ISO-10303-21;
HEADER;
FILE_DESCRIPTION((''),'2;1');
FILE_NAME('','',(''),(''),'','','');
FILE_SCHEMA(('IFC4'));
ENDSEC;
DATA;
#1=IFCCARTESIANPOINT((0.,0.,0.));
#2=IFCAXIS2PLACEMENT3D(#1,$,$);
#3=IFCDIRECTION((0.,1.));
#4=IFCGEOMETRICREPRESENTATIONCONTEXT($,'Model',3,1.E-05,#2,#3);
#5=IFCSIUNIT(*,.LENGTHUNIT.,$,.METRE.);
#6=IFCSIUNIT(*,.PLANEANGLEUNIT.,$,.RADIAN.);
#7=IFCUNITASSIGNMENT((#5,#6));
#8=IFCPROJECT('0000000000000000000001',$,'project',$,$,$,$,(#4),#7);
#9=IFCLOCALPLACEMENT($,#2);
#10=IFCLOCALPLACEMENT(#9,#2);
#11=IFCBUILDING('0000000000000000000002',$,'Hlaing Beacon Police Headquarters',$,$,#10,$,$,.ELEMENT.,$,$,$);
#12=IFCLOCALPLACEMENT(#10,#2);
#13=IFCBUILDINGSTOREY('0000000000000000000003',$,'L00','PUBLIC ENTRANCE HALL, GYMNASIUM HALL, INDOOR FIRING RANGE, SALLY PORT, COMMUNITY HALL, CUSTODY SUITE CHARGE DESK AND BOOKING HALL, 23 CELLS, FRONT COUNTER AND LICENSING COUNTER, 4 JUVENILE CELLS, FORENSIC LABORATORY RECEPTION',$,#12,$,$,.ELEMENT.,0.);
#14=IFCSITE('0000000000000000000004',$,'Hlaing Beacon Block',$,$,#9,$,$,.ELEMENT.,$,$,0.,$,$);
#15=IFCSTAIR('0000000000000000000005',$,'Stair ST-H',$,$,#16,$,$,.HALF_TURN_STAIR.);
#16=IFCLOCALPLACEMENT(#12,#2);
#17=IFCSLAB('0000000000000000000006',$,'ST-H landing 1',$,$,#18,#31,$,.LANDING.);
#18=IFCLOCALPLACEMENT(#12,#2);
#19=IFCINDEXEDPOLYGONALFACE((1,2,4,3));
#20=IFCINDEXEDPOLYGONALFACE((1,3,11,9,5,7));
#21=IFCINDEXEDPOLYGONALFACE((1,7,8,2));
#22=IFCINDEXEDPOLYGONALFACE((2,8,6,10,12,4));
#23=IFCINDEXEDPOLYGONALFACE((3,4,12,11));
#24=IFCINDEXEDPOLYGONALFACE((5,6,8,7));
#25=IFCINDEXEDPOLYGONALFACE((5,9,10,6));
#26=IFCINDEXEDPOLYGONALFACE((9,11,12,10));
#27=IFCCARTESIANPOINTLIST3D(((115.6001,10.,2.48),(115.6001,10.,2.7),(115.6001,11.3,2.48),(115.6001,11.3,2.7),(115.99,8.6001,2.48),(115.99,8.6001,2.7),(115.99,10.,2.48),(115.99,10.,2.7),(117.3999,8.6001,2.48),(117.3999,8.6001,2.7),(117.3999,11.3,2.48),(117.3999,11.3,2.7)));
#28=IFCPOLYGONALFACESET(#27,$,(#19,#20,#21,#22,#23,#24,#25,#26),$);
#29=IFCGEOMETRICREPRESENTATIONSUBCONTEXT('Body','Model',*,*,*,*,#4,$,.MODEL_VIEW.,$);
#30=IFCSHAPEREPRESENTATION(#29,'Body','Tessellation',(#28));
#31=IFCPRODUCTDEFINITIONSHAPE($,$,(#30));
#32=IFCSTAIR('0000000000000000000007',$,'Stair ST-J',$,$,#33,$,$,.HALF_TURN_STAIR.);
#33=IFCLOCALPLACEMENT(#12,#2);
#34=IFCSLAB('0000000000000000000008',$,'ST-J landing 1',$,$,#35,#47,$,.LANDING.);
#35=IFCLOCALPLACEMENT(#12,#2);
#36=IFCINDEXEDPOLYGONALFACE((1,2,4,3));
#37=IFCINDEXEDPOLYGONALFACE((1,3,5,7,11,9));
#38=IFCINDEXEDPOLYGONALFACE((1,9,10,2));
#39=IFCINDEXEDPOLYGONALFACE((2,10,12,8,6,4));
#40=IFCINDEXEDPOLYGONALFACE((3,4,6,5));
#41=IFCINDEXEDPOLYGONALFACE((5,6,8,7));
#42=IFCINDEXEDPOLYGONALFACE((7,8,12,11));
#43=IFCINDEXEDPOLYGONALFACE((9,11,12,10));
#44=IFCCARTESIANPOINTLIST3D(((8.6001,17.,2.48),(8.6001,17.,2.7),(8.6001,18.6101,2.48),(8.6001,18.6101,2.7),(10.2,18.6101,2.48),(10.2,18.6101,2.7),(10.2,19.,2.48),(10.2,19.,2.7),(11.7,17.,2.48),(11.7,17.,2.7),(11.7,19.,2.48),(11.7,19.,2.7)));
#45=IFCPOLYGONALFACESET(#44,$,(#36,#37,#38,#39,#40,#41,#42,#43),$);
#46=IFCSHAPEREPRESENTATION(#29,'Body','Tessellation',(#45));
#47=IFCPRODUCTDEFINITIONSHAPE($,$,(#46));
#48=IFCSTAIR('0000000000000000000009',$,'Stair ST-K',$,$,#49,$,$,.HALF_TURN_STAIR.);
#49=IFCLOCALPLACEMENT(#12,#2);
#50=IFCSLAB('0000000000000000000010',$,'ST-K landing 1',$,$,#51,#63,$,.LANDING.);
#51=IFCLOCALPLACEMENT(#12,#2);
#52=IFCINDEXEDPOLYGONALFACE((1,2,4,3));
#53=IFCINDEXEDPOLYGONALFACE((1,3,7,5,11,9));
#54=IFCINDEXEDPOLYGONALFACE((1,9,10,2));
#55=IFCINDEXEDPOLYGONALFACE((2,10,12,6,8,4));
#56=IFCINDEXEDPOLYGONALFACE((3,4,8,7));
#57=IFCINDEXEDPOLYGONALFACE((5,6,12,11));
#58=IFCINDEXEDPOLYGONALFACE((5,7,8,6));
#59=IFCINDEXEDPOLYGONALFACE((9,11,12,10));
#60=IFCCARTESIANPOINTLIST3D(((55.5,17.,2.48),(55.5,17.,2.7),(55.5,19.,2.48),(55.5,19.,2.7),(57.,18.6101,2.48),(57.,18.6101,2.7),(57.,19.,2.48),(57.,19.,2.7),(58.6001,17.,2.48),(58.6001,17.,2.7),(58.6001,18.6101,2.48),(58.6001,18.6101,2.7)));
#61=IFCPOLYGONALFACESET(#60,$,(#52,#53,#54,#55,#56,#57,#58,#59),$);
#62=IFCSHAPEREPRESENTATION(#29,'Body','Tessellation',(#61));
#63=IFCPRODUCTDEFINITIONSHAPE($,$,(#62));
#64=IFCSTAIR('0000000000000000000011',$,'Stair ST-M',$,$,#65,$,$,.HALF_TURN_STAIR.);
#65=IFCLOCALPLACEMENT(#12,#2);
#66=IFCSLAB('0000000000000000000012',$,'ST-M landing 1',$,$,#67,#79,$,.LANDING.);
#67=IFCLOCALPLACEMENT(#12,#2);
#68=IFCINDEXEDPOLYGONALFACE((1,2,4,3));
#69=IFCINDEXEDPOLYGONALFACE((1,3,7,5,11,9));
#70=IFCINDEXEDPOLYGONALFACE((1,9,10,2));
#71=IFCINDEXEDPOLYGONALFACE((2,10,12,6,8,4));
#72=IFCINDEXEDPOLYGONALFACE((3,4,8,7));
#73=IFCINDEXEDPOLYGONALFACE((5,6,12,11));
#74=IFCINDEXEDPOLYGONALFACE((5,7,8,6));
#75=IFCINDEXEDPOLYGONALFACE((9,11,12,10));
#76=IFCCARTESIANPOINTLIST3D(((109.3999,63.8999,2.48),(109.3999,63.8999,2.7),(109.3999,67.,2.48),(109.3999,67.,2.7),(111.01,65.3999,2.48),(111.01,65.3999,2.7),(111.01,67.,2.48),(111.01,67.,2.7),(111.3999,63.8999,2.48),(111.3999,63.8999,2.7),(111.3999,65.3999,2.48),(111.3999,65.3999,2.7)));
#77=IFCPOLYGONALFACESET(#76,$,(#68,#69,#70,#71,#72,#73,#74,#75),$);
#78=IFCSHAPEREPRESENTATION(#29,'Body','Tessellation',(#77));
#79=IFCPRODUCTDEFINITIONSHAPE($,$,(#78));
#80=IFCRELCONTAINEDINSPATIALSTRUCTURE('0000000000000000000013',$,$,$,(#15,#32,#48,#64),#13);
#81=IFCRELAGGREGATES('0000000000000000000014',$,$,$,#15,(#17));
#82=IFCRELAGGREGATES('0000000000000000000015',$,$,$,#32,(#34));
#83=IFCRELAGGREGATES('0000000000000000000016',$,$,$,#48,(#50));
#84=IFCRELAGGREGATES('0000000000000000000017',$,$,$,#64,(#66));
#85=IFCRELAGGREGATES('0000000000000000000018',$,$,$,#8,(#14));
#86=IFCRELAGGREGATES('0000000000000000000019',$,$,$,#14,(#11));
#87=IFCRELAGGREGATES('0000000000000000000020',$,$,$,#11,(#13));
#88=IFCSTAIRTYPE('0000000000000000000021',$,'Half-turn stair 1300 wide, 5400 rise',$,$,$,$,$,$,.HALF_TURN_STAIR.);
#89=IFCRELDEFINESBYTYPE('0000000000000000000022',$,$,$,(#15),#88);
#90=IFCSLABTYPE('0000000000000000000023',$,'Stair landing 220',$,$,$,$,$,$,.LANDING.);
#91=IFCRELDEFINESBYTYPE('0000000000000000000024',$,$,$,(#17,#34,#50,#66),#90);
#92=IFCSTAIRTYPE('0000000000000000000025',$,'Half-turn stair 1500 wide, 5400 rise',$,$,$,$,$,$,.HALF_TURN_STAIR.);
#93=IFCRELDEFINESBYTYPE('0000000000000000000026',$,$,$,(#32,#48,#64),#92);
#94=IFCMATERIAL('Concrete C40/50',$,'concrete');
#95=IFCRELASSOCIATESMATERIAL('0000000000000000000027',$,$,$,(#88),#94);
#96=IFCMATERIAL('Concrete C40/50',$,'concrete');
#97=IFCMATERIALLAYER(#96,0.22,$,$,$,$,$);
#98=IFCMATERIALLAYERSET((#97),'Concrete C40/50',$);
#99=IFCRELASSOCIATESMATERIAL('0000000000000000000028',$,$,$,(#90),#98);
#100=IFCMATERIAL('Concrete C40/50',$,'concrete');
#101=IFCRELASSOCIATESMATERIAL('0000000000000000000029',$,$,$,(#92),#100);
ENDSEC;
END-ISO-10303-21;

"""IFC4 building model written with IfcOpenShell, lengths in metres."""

from ifc_helpers import new_model, si_unit, direction, frame, origin, place, context, subcontext, project, spatial, polyline, outline, extrude, material, layer, layer_set, type_object, element, aggregate, save


model = new_model("IFC4")

# Units and contexts
model_context = context("Model", 3, precision=1e-05, world=origin(), true_north=direction((0.0, 1.0)))
body_context = subcontext(model_context, "Body", "Model", "MODEL_VIEW")
ifc_project = project(units=[si_unit("LENGTHUNIT", "METRE"), si_unit("PLANEANGLEUNIT", "RADIAN")], contexts=[model_context])

# Site, building, storey
site_placement = place(None, origin())
site = spatial("IfcSite", under=ifc_project, at=site_placement, Name="Hlaing Beacon Block", CompositionType="ELEMENT", RefElevation=0.0)
building_placement = place(site_placement, origin())
building = spatial("IfcBuilding", under=site, at=building_placement, Name="Hlaing Beacon Police Headquarters", CompositionType="ELEMENT")
storey_placement = place(building_placement, origin())
storey = spatial("IfcBuildingStorey", under=building, at=storey_placement, Name="L00", Description="PUBLIC ENTRANCE HALL, GYMNASIUM HALL, INDOOR FIRING RANGE, SALLY PORT, COMMUNITY HALL, CUSTODY SUITE CHARGE DESK AND BOOKING HALL, 23 CELLS, FRONT COUNTER AND LICENSING COUNTER, 4 JUVENILE CELLS, FORENSIC LABORATORY RECEPTION", CompositionType="ELEMENT", Elevation=0.0)

# Stairs, slabs
ifc_material_1 = material(Name="Concrete C40/50", Category="concrete")
stair_type_1 = type_object("IfcStairType", Name="Half-turn stair 1300 wide, 5400 rise", PredefinedType="HALF_TURN_STAIR", material=ifc_material_1)
ifc_material_2 = material(Name="Concrete C40/50", Category="concrete")
ifc_layer_1 = layer(ifc_material_2, 0.22)
ifc_layer_set_1 = layer_set([ifc_layer_1], Name="Concrete C40/50")
slab_type_1 = type_object("IfcSlabType", Name="Stair landing 220", PredefinedType="LANDING", material=ifc_layer_set_1)
stair_1_placement = place(storey_placement, origin())
stair_1 = element("IfcStair", 1, at=stair_1_placement, inside=storey, type_object=stair_type_1, Name="Stair ST-H", PredefinedType="HALF_TURN_STAIR")
slab_1_placement = place(storey_placement, frame((0.0, 0.0, 2.48)))
slab_1 = element("IfcSlab", 2, at=slab_1_placement, type_object=slab_type_1, Name="ST-H landing 1", PredefinedType="LANDING", context=body_context, shape_type="SweptSolid", body=[
    extrude(outline(polyline([(115.99, 8.6001), (117.3999, 8.6001), (117.3999, 11.3), (115.6001, 11.3), (115.6001, 10.0), (115.99, 10.0), (115.99, 8.6001)])), origin(), (0.0, 0.0, 1.0), 0.22),
])
aggregate(stair_1, [slab_1])
ifc_material_3 = material(Name="Concrete C40/50", Category="concrete")
stair_type_2 = type_object("IfcStairType", Name="Half-turn stair 1500 wide, 5400 rise", PredefinedType="HALF_TURN_STAIR", material=ifc_material_3)
stair_2_placement = place(storey_placement, origin())
stair_2 = element("IfcStair", 3, at=stair_2_placement, inside=storey, type_object=stair_type_2, Name="Stair ST-J", PredefinedType="HALF_TURN_STAIR")
slab_2_placement = place(storey_placement, frame((0.0, 0.0, 2.48)))
slab_2 = element("IfcSlab", 4, at=slab_2_placement, type_object=slab_type_1, Name="ST-J landing 1", PredefinedType="LANDING", context=body_context, shape_type="SweptSolid", body=[
    extrude(outline(polyline([(8.6001, 18.6101), (8.6001, 17.0), (11.7, 17.0), (11.7, 19.0), (10.2, 19.0), (10.2, 18.6101), (8.6001, 18.6101)])), origin(), (0.0, 0.0, 1.0), 0.22),
])
aggregate(stair_2, [slab_2])
stair_3_placement = place(storey_placement, origin())
stair_3 = element("IfcStair", 5, at=stair_3_placement, inside=storey, type_object=stair_type_2, Name="Stair ST-K", PredefinedType="HALF_TURN_STAIR")
slab_3_placement = place(storey_placement, frame((0.0, 0.0, 2.48)))
slab_3 = element("IfcSlab", 6, at=slab_3_placement, type_object=slab_type_1, Name="ST-K landing 1", PredefinedType="LANDING", context=body_context, shape_type="SweptSolid", body=[
    extrude(outline(polyline([(58.6001, 18.6101), (58.6001, 17.0), (55.5, 17.0), (55.5, 19.0), (57.0, 19.0), (57.0, 18.6101), (58.6001, 18.6101)])), origin(), (0.0, 0.0, 1.0), 0.22),
])
aggregate(stair_3, [slab_3])
stair_4_placement = place(storey_placement, origin())
stair_4 = element("IfcStair", 7, at=stair_4_placement, inside=storey, type_object=stair_type_2, Name="Stair ST-M", PredefinedType="HALF_TURN_STAIR")
slab_4_placement = place(storey_placement, frame((0.0, 0.0, 2.48)))
slab_4 = element("IfcSlab", 8, at=slab_4_placement, type_object=slab_type_1, Name="ST-M landing 1", PredefinedType="LANDING", context=body_context, shape_type="SweptSolid", body=[
    extrude(outline(polyline([(111.01, 67.0), (109.3999, 67.0), (109.3999, 63.8999), (111.3999, 63.8999), (111.3999, 65.3999), (111.01, 65.3999), (111.01, 67.0)])), origin(), (0.0, 0.0, 1.0), 0.22),
])
aggregate(stair_4, [slab_4])

save(model, "model.ifc")
